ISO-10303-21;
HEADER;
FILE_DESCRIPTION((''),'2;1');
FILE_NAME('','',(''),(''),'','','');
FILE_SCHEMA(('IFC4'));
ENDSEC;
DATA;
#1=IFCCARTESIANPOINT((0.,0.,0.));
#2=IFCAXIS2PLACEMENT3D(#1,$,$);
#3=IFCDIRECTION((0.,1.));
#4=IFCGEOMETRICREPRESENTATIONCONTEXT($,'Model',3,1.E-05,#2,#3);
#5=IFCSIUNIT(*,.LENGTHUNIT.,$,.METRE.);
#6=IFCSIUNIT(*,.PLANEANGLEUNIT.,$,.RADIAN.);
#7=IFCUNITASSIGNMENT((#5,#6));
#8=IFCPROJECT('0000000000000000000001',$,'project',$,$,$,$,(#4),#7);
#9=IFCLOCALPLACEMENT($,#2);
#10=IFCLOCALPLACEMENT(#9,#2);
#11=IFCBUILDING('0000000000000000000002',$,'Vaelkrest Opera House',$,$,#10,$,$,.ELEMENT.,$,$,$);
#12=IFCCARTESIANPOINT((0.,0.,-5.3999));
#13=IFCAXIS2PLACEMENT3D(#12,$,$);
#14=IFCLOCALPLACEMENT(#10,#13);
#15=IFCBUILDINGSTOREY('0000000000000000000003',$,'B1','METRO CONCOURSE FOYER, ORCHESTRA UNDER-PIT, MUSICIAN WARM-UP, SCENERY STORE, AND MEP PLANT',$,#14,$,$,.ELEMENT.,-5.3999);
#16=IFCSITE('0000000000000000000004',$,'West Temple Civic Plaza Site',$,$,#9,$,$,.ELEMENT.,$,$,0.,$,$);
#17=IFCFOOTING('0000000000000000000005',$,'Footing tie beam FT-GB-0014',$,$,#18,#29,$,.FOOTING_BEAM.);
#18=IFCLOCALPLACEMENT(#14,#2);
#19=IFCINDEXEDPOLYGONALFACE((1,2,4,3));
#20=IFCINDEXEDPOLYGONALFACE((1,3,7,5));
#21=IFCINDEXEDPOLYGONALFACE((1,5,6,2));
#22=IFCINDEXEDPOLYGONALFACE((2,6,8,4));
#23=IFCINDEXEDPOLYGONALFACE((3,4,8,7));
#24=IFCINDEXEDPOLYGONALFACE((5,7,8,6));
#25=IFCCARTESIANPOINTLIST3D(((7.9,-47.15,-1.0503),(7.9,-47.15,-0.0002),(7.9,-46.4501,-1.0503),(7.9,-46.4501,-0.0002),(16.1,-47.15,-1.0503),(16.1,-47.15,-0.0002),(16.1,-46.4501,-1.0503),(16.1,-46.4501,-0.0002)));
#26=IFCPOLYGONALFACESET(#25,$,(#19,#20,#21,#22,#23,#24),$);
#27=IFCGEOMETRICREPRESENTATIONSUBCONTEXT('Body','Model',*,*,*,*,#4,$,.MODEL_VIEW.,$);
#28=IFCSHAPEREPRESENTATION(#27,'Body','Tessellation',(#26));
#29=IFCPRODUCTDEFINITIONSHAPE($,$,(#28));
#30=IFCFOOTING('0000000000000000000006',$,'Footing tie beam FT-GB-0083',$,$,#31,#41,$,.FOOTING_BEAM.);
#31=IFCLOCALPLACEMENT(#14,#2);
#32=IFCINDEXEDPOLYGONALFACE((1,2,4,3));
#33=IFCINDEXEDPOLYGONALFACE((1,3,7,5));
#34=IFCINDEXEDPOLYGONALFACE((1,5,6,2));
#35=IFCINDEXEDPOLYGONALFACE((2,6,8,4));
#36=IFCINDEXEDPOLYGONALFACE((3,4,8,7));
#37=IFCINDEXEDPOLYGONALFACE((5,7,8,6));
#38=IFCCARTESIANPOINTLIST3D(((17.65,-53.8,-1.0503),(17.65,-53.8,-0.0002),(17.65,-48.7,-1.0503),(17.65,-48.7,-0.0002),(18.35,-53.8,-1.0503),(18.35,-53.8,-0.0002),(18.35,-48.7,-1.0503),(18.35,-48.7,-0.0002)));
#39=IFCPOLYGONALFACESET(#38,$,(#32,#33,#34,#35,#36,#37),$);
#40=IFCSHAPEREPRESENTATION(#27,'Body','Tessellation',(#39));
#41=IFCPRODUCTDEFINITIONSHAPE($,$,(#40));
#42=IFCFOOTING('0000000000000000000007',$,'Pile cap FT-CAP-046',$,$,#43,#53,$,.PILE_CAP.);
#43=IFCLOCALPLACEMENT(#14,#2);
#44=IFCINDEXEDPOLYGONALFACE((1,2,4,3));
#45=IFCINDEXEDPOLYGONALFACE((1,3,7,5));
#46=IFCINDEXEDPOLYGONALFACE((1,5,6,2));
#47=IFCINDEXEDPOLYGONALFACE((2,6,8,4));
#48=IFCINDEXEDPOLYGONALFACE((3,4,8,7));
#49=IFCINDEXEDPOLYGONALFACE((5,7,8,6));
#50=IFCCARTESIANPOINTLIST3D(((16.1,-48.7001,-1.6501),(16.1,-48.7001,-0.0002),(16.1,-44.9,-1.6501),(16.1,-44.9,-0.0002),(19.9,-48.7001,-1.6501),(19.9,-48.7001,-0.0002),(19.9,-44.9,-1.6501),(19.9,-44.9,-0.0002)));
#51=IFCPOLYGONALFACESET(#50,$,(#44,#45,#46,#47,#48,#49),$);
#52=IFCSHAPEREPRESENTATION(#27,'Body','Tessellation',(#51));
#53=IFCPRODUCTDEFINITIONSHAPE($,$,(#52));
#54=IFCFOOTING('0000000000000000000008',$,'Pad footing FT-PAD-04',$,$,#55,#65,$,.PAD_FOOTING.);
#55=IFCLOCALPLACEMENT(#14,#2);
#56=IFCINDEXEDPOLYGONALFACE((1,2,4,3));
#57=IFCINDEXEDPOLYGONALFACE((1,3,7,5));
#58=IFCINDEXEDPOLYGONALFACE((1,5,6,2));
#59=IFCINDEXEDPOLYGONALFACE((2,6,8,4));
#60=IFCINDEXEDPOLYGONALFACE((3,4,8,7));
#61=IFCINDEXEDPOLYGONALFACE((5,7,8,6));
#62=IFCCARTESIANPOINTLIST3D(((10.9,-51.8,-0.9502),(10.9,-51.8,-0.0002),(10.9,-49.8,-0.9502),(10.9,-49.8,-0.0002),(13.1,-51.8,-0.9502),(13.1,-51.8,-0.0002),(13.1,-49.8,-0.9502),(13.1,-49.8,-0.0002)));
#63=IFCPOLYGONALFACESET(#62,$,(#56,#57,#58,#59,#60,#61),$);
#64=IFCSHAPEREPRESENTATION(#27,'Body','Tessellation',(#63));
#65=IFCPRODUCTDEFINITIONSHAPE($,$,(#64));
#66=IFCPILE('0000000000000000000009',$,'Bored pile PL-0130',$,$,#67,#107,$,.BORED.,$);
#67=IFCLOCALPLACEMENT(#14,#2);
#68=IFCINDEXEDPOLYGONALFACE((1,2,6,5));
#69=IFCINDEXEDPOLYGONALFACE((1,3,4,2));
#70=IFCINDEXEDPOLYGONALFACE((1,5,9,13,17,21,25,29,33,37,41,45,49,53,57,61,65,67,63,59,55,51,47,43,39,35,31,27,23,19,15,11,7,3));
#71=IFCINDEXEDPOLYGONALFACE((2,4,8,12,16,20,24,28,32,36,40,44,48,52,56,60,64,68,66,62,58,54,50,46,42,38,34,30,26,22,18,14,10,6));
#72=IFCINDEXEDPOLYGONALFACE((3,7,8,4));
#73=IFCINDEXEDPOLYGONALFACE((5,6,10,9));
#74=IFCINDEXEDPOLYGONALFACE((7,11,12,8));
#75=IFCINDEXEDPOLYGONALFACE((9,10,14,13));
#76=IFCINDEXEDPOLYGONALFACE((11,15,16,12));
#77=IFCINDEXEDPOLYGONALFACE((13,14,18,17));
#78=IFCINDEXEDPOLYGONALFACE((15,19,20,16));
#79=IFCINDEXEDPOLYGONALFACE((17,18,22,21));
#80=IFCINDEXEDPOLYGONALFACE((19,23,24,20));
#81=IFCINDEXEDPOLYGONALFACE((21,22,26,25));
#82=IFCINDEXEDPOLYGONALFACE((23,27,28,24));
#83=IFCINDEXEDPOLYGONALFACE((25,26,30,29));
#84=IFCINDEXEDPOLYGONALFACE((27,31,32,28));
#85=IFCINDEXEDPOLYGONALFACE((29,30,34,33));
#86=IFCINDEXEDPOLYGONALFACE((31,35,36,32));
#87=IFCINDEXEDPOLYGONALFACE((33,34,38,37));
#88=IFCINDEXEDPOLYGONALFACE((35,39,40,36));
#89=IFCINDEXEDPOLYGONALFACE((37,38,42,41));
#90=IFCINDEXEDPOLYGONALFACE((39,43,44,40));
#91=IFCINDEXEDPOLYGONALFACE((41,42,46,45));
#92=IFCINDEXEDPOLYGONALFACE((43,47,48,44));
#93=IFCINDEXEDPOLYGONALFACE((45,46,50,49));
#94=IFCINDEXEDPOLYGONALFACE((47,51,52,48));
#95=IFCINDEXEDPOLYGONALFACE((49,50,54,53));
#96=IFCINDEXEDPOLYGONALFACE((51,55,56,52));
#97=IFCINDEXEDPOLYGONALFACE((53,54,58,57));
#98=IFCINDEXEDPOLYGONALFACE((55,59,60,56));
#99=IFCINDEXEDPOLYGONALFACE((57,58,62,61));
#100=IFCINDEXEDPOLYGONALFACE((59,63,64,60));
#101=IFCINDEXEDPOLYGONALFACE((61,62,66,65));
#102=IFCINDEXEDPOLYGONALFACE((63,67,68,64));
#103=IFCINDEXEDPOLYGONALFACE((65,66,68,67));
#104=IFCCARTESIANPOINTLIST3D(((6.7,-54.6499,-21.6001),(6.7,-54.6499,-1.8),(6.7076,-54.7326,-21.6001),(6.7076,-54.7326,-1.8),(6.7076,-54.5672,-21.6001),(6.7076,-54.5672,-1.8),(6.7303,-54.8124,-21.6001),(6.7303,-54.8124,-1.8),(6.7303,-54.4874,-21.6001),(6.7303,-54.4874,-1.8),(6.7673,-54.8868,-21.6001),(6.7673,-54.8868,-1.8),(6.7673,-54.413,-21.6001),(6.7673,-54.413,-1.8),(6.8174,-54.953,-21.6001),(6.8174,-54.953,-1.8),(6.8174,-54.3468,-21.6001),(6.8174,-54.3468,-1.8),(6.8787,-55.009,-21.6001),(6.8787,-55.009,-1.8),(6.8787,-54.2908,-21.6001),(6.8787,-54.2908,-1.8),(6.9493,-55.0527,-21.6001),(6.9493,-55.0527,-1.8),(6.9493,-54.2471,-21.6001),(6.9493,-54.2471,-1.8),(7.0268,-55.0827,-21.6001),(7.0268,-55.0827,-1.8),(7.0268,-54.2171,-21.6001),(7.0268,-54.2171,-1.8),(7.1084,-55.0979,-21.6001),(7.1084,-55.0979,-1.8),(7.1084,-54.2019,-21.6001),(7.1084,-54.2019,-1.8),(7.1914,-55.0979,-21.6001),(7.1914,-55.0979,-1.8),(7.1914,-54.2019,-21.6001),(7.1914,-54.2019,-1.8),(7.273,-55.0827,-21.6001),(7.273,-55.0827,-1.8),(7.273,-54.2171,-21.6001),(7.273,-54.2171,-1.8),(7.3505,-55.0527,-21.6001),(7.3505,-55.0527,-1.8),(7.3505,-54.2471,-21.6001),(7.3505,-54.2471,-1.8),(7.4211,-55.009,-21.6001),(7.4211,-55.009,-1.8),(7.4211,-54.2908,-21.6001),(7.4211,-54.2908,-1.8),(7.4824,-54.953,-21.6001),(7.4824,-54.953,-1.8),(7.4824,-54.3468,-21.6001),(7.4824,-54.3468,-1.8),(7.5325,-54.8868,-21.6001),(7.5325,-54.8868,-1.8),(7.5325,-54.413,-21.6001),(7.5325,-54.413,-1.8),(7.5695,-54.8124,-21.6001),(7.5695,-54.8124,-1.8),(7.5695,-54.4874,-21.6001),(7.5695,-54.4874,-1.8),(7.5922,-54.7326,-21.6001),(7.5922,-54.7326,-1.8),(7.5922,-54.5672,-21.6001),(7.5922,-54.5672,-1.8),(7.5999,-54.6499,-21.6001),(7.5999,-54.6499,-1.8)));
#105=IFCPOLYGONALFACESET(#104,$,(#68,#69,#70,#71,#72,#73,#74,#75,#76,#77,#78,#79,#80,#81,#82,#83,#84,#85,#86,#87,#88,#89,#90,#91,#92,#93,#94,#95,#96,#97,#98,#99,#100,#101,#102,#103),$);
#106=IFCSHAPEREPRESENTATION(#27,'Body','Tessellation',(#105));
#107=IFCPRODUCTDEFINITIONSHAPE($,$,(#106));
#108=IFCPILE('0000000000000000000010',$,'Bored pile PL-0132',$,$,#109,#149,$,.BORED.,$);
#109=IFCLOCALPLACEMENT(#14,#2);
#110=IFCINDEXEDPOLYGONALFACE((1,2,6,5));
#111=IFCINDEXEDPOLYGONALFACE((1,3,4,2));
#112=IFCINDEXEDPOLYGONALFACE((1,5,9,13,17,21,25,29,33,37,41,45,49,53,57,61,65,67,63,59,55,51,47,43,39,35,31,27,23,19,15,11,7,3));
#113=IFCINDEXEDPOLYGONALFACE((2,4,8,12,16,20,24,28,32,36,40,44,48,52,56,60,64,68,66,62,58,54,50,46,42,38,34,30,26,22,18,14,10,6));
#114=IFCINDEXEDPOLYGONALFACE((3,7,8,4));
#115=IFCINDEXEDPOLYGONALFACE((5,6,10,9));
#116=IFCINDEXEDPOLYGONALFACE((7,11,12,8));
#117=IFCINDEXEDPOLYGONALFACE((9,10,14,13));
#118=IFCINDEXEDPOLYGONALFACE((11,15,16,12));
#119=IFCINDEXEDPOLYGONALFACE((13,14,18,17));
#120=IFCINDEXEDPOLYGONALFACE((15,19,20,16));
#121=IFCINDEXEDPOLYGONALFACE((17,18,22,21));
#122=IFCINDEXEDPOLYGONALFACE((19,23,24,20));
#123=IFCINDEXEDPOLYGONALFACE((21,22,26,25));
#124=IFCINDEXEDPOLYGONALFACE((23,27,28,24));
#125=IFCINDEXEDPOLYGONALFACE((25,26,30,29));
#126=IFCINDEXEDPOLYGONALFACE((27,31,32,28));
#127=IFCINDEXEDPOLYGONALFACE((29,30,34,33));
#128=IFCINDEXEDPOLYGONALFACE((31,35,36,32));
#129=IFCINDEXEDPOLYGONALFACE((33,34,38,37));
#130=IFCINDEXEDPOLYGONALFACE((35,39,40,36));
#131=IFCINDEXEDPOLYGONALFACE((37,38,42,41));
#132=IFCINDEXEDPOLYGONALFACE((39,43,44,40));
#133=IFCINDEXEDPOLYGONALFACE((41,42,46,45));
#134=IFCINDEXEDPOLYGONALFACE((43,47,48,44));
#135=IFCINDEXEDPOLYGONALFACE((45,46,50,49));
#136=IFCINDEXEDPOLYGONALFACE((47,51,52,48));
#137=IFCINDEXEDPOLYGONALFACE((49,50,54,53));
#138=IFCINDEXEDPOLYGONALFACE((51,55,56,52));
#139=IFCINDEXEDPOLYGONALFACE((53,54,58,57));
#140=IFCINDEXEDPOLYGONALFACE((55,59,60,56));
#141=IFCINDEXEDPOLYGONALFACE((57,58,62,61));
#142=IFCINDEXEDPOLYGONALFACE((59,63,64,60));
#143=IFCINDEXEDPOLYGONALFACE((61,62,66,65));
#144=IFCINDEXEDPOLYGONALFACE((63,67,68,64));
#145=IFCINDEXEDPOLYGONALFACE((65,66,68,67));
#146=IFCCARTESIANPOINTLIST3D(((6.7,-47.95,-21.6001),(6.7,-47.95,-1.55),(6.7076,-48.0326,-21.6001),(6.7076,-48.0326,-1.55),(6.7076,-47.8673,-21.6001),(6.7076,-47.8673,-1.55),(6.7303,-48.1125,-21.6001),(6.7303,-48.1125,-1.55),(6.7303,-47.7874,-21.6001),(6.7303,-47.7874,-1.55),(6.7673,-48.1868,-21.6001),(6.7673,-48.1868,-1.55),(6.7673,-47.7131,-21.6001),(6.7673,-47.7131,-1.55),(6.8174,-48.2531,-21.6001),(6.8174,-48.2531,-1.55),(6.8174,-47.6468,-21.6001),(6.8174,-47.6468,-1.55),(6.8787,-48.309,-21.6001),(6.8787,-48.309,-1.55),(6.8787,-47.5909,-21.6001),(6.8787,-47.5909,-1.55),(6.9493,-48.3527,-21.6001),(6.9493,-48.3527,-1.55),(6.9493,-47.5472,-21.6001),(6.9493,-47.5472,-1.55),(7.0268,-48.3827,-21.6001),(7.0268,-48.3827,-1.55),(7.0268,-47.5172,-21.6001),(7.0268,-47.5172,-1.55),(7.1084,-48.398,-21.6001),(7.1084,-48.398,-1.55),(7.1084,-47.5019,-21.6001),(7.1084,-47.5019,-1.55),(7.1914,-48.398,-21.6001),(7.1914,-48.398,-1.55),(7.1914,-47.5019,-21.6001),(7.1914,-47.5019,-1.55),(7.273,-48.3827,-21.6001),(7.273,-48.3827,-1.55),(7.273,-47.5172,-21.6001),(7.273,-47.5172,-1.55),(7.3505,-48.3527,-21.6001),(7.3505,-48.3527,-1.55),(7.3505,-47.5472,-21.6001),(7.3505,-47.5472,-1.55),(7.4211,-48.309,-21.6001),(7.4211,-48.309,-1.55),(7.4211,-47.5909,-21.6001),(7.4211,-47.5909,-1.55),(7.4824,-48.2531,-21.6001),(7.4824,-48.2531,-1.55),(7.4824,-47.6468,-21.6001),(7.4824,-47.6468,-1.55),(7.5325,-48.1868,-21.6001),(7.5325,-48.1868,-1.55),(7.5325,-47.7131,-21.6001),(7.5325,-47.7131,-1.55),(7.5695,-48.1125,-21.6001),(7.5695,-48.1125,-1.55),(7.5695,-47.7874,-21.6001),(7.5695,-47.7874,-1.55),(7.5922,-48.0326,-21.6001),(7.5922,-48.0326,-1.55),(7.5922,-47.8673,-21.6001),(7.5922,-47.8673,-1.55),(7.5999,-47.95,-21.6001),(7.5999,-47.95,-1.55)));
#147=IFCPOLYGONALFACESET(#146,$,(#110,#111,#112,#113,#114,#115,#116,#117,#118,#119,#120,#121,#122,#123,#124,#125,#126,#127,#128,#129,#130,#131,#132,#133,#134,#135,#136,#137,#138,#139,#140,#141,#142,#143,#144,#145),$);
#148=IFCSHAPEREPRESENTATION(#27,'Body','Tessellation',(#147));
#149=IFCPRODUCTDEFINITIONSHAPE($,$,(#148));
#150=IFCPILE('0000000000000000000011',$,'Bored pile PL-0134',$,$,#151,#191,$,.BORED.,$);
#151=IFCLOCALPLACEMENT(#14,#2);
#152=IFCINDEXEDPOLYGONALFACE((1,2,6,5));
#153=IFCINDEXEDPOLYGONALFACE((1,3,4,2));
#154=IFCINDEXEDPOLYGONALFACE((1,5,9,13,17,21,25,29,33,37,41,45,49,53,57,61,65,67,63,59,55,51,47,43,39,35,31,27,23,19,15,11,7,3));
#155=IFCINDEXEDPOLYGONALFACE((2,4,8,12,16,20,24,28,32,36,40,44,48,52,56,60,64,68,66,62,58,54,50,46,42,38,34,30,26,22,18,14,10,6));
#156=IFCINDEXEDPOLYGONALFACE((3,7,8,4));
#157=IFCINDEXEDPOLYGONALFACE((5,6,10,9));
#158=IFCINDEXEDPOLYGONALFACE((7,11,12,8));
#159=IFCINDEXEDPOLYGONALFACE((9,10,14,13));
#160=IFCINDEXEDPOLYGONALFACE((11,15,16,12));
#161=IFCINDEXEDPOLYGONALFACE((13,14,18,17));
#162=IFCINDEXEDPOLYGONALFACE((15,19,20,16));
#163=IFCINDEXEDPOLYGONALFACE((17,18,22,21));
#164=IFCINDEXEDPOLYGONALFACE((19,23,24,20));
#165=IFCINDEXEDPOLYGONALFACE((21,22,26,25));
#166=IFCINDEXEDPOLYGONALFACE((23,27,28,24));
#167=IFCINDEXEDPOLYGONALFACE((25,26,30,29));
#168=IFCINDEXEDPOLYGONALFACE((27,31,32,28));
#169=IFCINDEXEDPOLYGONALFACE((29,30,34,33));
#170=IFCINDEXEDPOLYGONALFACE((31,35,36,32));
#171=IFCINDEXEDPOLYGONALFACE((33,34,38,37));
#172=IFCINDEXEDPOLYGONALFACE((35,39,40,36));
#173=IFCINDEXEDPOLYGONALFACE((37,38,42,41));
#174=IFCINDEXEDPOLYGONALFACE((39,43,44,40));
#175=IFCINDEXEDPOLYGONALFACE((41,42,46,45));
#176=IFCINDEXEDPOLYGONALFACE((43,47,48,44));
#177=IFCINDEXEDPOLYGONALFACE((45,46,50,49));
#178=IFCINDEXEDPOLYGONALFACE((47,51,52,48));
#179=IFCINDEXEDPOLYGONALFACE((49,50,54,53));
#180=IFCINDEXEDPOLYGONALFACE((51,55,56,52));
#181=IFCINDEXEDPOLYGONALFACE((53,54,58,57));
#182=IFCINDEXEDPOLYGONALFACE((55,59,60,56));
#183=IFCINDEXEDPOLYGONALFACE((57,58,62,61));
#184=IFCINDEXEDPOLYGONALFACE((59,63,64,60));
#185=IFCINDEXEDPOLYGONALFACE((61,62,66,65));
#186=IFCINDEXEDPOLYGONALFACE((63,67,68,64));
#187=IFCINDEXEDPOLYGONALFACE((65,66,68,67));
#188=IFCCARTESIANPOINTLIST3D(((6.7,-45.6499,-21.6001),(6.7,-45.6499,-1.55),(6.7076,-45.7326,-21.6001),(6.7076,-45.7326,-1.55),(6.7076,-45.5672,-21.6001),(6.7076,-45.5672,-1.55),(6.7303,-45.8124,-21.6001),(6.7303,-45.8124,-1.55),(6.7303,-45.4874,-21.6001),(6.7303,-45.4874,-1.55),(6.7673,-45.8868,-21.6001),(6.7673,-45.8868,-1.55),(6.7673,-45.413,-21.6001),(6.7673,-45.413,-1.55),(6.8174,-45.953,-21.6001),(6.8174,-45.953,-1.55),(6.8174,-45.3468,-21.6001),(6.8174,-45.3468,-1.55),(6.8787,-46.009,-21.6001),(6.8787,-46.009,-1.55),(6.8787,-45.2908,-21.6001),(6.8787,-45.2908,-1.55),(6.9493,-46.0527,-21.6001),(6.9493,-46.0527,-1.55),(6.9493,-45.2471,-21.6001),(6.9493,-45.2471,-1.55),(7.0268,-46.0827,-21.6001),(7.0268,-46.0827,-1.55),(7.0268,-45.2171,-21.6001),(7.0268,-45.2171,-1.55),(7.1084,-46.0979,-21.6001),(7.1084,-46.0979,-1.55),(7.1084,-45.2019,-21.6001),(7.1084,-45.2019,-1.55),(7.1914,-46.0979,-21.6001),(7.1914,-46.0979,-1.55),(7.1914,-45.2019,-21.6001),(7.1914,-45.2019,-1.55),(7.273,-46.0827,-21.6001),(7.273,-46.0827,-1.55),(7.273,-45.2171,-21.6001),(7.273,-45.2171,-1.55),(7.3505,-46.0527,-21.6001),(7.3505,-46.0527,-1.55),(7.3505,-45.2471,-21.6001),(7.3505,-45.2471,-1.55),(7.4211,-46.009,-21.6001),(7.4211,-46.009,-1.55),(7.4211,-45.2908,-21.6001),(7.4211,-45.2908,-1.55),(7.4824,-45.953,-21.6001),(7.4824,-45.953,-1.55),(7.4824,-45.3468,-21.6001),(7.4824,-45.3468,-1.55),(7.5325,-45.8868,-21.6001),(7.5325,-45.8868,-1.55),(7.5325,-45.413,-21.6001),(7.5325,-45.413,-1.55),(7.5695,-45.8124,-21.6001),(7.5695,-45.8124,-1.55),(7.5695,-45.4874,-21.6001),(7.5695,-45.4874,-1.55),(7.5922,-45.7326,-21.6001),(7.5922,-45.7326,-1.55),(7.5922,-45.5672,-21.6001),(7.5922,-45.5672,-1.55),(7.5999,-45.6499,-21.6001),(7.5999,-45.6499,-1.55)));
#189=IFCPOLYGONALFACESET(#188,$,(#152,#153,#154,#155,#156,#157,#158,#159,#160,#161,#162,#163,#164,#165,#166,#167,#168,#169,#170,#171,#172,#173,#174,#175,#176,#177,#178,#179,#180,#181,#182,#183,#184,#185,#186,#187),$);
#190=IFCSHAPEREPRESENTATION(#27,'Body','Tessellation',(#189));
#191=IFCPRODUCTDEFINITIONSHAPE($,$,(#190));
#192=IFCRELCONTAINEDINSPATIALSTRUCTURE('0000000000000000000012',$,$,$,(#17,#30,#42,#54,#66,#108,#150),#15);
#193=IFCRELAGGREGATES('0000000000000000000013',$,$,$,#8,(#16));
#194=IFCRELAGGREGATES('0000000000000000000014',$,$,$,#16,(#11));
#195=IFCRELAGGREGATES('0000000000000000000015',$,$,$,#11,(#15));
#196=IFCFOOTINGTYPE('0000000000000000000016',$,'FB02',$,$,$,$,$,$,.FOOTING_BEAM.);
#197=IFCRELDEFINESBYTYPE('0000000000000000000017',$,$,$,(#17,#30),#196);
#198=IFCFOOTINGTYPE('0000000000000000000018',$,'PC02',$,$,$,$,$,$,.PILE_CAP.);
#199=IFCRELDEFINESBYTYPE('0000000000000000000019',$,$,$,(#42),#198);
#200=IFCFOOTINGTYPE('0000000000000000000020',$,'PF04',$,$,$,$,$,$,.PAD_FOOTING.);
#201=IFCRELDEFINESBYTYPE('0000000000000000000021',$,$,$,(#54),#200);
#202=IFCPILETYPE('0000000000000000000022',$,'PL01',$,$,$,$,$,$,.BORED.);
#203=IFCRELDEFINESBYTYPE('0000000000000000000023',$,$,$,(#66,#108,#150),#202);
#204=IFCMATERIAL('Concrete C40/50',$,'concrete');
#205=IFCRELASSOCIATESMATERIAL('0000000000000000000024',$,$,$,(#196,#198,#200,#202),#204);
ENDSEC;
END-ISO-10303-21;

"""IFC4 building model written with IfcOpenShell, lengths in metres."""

from ifc_helpers import new_model, si_unit, direction, frame, origin, origin_2d, place, context, subcontext, project, spatial, rectangle, circle, extrude, material, material_profile, profile_set, type_object, element, save


model = new_model("IFC4")

# Units and contexts
model_context = context("Model", 3, precision=1e-05, world=origin(), true_north=direction((0.0, 1.0)))
body_context = subcontext(model_context, "Body", "Model", "MODEL_VIEW")
ifc_project = project(units=[si_unit("LENGTHUNIT", "METRE"), si_unit("PLANEANGLEUNIT", "RADIAN")], contexts=[model_context])

# Site, building, storey
site_placement = place(None, origin())
site = spatial("IfcSite", under=ifc_project, at=site_placement, Name="West Temple Civic Plaza Site", CompositionType="ELEMENT", RefElevation=0.0)
building_placement = place(site_placement, origin())
building = spatial("IfcBuilding", under=site, at=building_placement, Name="Vaelkrest Opera House", CompositionType="ELEMENT")
storey_placement = place(building_placement, frame((0.0, 0.0, -5.3999)))
storey = spatial("IfcBuildingStorey", under=building, at=storey_placement, Name="B1", Description="METRO CONCOURSE FOYER, ORCHESTRA UNDER-PIT, MUSICIAN WARM-UP, SCENERY STORE, AND MEP PLANT", CompositionType="ELEMENT", Elevation=-5.3999)

# Footings
ifc_material_1 = material(Name="Concrete C40/50", Category="concrete")
footing_type_1 = type_object("IfcFootingType", Name="FB02", PredefinedType="FOOTING_BEAM", material=ifc_material_1)
footing_1_placement = place(storey_placement, frame((12.0, -46.8, -1.0503), z_axis=(0.0, 0.0, 1.0), x_axis=(1.0, 0.0, 0.0)))
element("IfcFooting", 1, at=footing_1_placement, inside=storey, type_object=footing_type_1, Name="Footing tie beam FT-GB-0014", PredefinedType="FOOTING_BEAM", context=body_context, shape_type="SweptSolid", body=[
    extrude(rectangle(XDim=8.2, YDim=0.7, at=origin_2d()), origin(), (0.0, 0.0, 1.0), 1.05),
])
footing_2_placement = place(storey_placement, frame((18.0, -51.25, -1.0503), z_axis=(0.0, 0.0, 1.0), x_axis=(0.0, 1.0, 0.0)))
element("IfcFooting", 2, at=footing_2_placement, inside=storey, type_object=footing_type_1, Name="Footing tie beam FT-GB-0083", PredefinedType="FOOTING_BEAM", context=body_context, shape_type="SweptSolid", body=[
    extrude(rectangle(XDim=5.1001, YDim=0.7, at=origin_2d()), origin(), (0.0, 0.0, 1.0), 1.05),
])
footing_type_2 = type_object("IfcFootingType", Name="PC02", PredefinedType="PILE_CAP", material=ifc_material_1)
footing_3_placement = place(storey_placement, frame((18.0, -46.8, -1.6501), z_axis=(0.0, 0.0, 1.0), x_axis=(1.0, 0.0, 0.0)))
element("IfcFooting", 3, at=footing_3_placement, inside=storey, type_object=footing_type_2, Name="Pile cap FT-CAP-046", PredefinedType="PILE_CAP", context=body_context, shape_type="SweptSolid", body=[
    extrude(rectangle(XDim=3.8, YDim=3.8, at=origin_2d()), origin(), (0.0, 0.0, 1.0), 1.6499),
])
footing_type_3 = type_object("IfcFootingType", Name="PF04", PredefinedType="PAD_FOOTING", material=ifc_material_1)
footing_4_placement = place(storey_placement, frame((12.0, -50.8, -0.9502), z_axis=(0.0, 0.0, 1.0), x_axis=(1.0, 0.0, 0.0)))
element("IfcFooting", 4, at=footing_4_placement, inside=storey, type_object=footing_type_3, Name="Pad footing FT-PAD-04", PredefinedType="PAD_FOOTING", context=body_context, shape_type="SweptSolid", body=[
    extrude(rectangle(XDim=2.2, YDim=2.0, at=origin_2d()), origin(), (0.0, 0.0, 1.0), 0.95),
])

# Piles
ifc_material_profile_1 = material_profile(ifc_material_1, circle(Radius=0.45, at=origin_2d()), Name="PILE900")
ifc_profile_set_1 = profile_set([ifc_material_profile_1], Name="Concrete C40/50")
pile_type = type_object("IfcPileType", Name="PL01", PredefinedType="BORED", material=ifc_profile_set_1)
pile_placement = place(storey_placement, frame((7.1499, -54.6499, -1.8), z_axis=(0.0, 0.0, -1.0), x_axis=(1.0, 0.0, 0.0)))
element("IfcPile", 5, at=pile_placement, inside=storey, type_object=pile_type, Name="Bored pile PL-0130", PredefinedType="BORED", context=body_context, shape_type="SweptSolid", body=[
    extrude(circle(Radius=0.45, at=origin_2d()), origin(), (0.0, 0.0, 1.0), 19.8),
])
for number, where, z_axis, x_axis, name in (
    (6, (7.1499, -47.95, -1.55), (0.0, 0.0, -1.0), (1.0, 0.0, 0.0), "Bored pile PL-0132"),
    (7, (7.1499, -45.6499, -1.55), (0.0, 0.0, -1.0), (1.0, 0.0, 0.0), "Bored pile PL-0134"),
):
    element("IfcPile", number, at=place(storey_placement, frame(where, z_axis=z_axis, x_axis=x_axis)), inside=storey, type_object=pile_type, Name=name, PredefinedType="BORED", context=body_context, shape_type="SweptSolid", body=[
        extrude(circle(Radius=0.45, at=origin_2d()), origin(), (0.0, 0.0, 1.0), 20.05),
    ])

save(model, "model.ifc")
